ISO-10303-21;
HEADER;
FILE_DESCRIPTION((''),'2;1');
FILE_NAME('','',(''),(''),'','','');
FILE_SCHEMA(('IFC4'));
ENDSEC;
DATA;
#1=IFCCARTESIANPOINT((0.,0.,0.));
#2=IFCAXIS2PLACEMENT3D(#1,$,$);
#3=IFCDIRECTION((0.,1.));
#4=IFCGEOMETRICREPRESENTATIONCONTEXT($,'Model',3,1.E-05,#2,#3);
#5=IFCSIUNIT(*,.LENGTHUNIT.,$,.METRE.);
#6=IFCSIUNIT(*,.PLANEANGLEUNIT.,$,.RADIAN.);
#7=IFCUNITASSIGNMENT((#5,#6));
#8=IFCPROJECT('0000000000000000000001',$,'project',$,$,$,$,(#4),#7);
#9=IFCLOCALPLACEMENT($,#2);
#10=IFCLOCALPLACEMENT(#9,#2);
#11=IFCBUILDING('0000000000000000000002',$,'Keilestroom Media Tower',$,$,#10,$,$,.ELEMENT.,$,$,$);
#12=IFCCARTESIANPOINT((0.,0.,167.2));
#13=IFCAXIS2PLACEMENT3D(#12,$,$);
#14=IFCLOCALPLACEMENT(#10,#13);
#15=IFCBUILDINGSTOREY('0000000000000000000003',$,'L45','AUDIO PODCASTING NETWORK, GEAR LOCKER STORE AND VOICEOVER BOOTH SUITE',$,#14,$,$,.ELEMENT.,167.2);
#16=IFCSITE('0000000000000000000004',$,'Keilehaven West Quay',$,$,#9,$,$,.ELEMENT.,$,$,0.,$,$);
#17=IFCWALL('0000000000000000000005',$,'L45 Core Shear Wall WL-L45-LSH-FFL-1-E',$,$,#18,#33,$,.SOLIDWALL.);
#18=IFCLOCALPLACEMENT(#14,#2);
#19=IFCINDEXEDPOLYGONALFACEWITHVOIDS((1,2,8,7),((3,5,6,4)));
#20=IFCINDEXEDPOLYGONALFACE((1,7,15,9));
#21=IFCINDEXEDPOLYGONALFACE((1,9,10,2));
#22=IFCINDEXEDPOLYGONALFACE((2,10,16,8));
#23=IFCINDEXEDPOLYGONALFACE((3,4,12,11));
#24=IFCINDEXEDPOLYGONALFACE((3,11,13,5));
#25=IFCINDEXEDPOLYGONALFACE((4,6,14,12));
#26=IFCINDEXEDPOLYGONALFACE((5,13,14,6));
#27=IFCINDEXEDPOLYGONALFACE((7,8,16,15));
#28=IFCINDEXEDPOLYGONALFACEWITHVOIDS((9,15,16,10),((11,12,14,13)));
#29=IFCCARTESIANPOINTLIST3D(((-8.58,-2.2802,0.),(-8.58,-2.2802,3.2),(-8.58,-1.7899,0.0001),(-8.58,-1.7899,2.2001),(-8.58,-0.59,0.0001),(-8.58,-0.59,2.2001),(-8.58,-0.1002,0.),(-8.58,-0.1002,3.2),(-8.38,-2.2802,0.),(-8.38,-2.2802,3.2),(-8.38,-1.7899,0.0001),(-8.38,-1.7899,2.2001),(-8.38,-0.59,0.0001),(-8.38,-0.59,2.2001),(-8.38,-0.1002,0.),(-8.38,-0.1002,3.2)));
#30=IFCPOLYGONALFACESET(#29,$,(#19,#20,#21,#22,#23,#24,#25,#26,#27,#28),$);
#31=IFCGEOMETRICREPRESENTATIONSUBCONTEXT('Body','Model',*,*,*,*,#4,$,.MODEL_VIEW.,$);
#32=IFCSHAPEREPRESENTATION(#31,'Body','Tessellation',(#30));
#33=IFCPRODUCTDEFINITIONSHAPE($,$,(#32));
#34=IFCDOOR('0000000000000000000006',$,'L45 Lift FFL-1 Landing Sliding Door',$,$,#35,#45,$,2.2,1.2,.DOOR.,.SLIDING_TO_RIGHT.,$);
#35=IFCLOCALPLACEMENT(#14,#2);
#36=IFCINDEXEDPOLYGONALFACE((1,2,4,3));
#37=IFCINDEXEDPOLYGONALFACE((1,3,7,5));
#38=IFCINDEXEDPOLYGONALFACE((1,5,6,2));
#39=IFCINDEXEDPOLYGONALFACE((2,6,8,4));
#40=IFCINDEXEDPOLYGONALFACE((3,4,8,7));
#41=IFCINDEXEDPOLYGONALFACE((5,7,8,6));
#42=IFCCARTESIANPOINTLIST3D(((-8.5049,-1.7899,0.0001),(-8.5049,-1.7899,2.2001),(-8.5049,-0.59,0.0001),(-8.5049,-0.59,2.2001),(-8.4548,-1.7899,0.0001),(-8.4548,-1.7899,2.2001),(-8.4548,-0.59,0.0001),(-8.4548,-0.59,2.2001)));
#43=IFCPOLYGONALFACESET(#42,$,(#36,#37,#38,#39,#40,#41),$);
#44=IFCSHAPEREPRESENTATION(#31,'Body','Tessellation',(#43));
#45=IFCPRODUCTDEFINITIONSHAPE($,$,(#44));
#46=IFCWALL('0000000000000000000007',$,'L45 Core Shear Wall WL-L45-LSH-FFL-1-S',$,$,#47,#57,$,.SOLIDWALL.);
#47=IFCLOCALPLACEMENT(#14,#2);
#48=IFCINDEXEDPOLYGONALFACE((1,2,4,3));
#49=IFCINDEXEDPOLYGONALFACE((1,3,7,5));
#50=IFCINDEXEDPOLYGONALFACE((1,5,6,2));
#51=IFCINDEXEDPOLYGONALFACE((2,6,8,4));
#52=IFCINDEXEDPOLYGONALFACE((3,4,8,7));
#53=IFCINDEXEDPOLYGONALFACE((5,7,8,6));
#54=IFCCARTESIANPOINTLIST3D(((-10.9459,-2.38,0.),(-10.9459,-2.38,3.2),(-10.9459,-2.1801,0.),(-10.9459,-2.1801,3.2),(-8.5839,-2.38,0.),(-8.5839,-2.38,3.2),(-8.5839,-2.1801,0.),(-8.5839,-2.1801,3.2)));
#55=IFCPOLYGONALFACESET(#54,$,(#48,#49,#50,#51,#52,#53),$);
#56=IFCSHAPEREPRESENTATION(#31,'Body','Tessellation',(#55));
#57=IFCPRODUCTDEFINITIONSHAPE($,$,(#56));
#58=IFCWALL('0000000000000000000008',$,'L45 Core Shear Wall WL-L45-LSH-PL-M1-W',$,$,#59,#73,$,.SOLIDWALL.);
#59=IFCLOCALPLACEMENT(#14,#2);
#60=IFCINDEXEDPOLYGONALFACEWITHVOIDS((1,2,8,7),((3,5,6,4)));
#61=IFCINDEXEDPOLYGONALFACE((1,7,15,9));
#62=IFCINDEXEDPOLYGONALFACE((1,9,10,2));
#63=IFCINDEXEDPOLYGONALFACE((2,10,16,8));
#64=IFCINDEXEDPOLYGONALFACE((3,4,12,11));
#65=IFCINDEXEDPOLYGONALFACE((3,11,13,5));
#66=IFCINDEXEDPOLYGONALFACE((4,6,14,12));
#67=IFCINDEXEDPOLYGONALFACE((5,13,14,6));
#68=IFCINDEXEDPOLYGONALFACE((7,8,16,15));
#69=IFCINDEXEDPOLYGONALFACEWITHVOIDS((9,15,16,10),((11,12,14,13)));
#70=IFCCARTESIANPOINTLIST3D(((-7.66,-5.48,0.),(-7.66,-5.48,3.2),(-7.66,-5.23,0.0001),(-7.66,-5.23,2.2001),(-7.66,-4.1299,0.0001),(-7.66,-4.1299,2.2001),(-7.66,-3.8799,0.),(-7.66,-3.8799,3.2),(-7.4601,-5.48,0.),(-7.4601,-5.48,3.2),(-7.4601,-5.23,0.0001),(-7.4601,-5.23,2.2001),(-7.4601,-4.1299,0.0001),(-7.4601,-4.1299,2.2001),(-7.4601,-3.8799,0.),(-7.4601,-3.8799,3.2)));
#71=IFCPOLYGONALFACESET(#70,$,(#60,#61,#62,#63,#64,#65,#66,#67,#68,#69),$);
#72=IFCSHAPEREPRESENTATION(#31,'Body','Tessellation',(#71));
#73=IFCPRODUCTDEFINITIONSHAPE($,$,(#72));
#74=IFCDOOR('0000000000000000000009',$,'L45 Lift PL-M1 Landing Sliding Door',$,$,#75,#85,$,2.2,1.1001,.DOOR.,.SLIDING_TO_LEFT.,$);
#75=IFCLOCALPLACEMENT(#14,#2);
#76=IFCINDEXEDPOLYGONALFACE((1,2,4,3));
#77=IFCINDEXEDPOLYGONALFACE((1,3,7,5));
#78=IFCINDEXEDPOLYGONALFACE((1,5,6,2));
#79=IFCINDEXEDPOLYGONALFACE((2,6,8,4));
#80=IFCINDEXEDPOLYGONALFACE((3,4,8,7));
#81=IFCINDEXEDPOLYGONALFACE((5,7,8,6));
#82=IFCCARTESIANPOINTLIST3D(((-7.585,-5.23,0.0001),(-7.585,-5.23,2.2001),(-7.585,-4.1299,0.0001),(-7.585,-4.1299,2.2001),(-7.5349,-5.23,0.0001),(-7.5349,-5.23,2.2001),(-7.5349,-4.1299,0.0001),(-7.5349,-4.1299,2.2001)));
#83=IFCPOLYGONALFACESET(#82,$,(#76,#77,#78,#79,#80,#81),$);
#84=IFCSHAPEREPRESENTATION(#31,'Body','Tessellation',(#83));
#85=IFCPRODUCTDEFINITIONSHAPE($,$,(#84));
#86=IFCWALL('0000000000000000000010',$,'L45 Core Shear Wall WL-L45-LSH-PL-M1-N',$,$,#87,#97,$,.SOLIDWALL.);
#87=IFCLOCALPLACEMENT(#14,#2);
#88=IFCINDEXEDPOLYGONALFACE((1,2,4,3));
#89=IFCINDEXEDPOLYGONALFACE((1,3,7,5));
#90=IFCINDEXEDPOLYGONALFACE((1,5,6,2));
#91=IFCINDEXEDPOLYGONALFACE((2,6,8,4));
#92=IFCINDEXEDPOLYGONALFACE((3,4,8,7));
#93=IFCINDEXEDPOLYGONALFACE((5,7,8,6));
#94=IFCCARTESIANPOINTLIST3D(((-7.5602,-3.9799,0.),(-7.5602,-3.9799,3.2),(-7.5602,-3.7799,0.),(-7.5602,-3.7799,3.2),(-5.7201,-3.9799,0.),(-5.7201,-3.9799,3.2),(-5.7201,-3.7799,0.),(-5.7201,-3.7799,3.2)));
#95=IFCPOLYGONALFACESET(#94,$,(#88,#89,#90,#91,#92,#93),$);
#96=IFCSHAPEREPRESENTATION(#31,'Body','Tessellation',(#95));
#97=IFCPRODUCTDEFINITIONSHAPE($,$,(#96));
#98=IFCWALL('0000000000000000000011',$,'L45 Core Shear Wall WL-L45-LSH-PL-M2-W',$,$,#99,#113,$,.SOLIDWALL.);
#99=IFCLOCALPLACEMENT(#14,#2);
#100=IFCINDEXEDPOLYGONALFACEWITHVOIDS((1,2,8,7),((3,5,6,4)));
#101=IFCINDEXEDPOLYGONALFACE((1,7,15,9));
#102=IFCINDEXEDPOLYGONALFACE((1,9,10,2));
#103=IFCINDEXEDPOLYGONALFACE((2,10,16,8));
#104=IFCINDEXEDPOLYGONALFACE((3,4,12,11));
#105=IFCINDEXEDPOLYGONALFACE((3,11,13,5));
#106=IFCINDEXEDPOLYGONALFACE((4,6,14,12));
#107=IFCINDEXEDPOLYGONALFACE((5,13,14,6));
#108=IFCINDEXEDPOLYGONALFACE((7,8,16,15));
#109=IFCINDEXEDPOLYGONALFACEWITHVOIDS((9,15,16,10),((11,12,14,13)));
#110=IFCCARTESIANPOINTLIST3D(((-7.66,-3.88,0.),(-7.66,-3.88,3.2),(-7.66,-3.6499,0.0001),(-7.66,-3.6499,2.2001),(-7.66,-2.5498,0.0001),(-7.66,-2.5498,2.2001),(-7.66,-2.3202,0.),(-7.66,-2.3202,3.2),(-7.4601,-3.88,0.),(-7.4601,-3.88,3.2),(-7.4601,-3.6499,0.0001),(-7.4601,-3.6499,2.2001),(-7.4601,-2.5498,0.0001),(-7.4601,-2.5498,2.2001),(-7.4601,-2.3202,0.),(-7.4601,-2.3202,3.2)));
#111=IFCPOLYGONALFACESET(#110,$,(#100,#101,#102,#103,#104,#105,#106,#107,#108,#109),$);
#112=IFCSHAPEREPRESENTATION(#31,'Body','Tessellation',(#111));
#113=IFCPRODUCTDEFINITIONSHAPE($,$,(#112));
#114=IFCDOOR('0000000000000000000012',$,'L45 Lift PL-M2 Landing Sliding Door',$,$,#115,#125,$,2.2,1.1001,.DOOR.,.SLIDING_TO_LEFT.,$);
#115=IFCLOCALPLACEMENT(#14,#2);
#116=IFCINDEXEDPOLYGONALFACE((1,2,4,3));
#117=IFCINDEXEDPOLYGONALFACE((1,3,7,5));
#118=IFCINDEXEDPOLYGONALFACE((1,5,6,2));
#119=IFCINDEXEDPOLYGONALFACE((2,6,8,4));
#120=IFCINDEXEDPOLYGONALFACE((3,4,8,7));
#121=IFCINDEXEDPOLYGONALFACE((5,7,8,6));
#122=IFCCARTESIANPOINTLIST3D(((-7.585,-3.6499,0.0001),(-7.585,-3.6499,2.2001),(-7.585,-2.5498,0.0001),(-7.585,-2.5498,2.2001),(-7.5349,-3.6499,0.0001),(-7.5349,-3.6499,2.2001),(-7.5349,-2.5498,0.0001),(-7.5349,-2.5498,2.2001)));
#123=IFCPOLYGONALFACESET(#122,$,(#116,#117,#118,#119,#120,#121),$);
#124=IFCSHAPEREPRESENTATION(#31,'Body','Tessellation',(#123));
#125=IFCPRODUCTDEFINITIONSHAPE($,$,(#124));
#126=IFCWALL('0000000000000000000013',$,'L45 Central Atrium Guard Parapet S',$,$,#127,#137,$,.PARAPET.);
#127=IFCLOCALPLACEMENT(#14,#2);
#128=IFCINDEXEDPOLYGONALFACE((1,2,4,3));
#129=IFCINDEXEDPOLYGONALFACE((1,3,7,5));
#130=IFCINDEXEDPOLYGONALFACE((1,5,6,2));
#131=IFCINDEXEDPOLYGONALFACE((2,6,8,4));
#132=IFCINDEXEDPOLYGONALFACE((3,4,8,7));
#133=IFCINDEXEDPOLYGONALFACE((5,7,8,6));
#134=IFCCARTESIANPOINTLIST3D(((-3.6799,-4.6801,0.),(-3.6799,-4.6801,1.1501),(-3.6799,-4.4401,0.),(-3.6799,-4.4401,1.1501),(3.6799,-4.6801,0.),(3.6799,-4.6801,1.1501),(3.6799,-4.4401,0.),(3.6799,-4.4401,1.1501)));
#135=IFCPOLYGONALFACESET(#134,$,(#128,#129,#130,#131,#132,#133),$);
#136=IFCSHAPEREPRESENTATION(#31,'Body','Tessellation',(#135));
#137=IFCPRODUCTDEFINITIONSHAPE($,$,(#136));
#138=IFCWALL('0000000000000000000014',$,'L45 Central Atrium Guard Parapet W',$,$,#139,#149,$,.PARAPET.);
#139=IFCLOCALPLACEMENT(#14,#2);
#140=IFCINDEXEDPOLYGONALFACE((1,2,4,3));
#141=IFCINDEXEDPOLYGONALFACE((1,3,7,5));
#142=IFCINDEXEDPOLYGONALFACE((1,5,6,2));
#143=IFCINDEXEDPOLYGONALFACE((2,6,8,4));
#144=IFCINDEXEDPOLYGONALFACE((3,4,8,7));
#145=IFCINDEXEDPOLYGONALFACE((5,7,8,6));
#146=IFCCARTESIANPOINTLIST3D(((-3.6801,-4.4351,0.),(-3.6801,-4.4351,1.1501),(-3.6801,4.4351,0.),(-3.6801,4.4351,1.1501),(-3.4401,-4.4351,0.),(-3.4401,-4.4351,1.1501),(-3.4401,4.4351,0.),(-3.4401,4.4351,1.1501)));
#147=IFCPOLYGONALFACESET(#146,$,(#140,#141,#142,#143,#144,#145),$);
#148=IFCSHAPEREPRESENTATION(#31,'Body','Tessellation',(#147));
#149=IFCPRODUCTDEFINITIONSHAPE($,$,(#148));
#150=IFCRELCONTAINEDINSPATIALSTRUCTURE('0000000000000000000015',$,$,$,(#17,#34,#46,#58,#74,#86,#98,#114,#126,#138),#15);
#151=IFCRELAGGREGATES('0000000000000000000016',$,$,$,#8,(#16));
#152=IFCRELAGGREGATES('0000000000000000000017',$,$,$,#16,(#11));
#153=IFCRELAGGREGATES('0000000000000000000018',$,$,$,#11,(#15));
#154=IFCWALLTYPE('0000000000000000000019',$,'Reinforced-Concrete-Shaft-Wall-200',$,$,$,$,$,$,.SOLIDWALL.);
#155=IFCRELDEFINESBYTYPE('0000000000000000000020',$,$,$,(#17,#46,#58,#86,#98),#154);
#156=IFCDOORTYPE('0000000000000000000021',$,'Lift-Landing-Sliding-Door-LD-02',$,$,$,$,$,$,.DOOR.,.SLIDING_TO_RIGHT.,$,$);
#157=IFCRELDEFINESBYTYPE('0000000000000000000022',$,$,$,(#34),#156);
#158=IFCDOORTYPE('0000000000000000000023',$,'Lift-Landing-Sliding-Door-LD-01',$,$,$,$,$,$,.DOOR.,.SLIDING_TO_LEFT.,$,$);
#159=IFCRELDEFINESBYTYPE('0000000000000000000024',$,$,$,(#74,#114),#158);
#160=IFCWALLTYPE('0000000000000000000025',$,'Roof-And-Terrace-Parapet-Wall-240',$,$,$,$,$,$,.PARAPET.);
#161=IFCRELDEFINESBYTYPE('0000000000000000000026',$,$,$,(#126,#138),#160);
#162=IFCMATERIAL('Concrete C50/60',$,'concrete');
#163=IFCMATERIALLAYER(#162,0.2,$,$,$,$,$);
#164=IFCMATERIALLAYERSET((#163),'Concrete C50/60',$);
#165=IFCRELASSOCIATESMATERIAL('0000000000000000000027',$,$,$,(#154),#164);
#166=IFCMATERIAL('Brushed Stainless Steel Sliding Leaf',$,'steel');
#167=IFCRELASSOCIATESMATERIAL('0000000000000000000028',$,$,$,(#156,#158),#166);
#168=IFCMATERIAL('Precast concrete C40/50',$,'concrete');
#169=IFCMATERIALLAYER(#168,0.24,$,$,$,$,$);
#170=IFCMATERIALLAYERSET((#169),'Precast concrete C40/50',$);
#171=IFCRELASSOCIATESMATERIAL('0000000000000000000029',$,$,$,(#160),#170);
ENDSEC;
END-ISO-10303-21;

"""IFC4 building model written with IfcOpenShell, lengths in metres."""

from ifc_helpers import new_model, si_unit, direction, frame, frame_2d, origin, place, context, subcontext, project, spatial, rectangle, extrude, source, transform, mapped, material, layer, layer_set, type_object, element, fill, save


model = new_model("IFC4")

# Units and contexts
model_context = context("Model", 3, precision=1e-05, world=origin(), true_north=direction((0.0, 1.0)))
body_context = subcontext(model_context, "Body", "Model", "MODEL_VIEW")
ifc_project = project(units=[si_unit("LENGTHUNIT", "METRE"), si_unit("PLANEANGLEUNIT", "RADIAN")], contexts=[model_context])

# Site, building, storey
site_placement = place(None, origin())
site = spatial("IfcSite", under=ifc_project, at=site_placement, Name="Keilehaven West Quay", CompositionType="ELEMENT", RefElevation=0.0)
building_placement = place(site_placement, origin())
building = spatial("IfcBuilding", under=site, at=building_placement, Name="Keilestroom Media Tower", CompositionType="ELEMENT")
storey_placement = place(building_placement, frame((0.0, 0.0, 167.2)))
storey = spatial("IfcBuildingStorey", under=building, at=storey_placement, Name="L45", Description="AUDIO PODCASTING NETWORK, GEAR LOCKER STORE AND VOICEOVER BOOTH SUITE", CompositionType="ELEMENT", Elevation=167.2)

# Shared definitions
shared_shape_1 = source(origin(), body_context, "Body", "SweptSolid", [
    extrude(rectangle(XDim=1.2, YDim=2.2, at=frame_2d((0.6001, 1.1001))), frame((0.0, 0.0249, 0.0), z_axis=(0.0, -1.0, 0.0), x_axis=(1.0, 0.0, 0.0)), (0.0, 0.0, 1.0), 0.05),
])

# Shared definitions
ifc_material_1 = material(Name="Concrete C50/60", Category="concrete")
ifc_layer_1 = layer(ifc_material_1, 0.2)
ifc_layer_set_1 = layer_set([ifc_layer_1], Name="Concrete C50/60")
wall_type_1 = type_object("IfcWallType", Name="Reinforced-Concrete-Shaft-Wall-200", PredefinedType="SOLIDWALL", material=ifc_layer_set_1)

# Wall, opening, door
wall_1_placement = place(storey_placement, frame((-8.48, -2.28, 0.0), z_axis=(0.0, 0.0, 1.0), x_axis=(0.0, 1.0, 0.0)))
wall_1 = element("IfcWall", 1, at=wall_1_placement, inside=storey, type_object=wall_type_1, Name="L45 Core Shear Wall WL-L45-LSH-FFL-1-E", PredefinedType="SOLIDWALL", context=body_context, shape_type="SweptSolid", body=[
    extrude(rectangle(XDim=2.1799, YDim=0.2, at=frame_2d((1.0898, 0.0))), origin(), (0.0, 0.0, 1.0), 3.2),
])
opening_1_placement = place(wall_1_placement, frame((0.49, 0.0, 0.0)))
opening_1 = element("IfcOpeningElement", 2, at=opening_1_placement, cuts=wall_1, PredefinedType="OPENING", context=body_context, shape_type="SweptSolid", body=[
    extrude(rectangle(XDim=1.2, YDim=2.2, at=frame_2d((0.6001, 1.1001))), frame((0.0, 0.1099, 0.0), z_axis=(0.0, -1.0, 0.0), x_axis=(1.0, 0.0, 0.0)), (0.0, 0.0, 1.0), 0.22),
])
ifc_material_2 = material(Name="Brushed Stainless Steel Sliding Leaf", Category="steel")
door_type_1 = type_object("IfcDoorType", Name="Lift-Landing-Sliding-Door-LD-02", OperationType="SLIDING_TO_RIGHT", PredefinedType="DOOR", material=ifc_material_2)
door_1_placement = place(opening_1_placement, origin())
door_1 = element("IfcDoor", 3, at=door_1_placement, inside=storey, type_object=door_type_1, Name="L45 Lift FFL-1 Landing Sliding Door", OperationType="SLIDING_TO_RIGHT", OverallHeight=2.2, OverallWidth=1.2, PredefinedType="DOOR", context=body_context, shape_type="MappedRepresentation", body=[
    mapped(shared_shape_1, transform((0.0, 0.0, 0.0), x_axis=(1.0, 0.0, 0.0), y_axis=(0.0, 1.0, 0.0), z_axis=(0.0, 0.0, 1.0), scale=1.0)),
])
fill(opening_1, door_1)

# Wall
wall_2_placement = place(storey_placement, frame((-10.946, -2.28, 0.0), z_axis=(0.0, 0.0, 1.0), x_axis=(1.0, 0.0, 0.0)))
element("IfcWall", 4, at=wall_2_placement, inside=storey, type_object=wall_type_1, Name="L45 Core Shear Wall WL-L45-LSH-FFL-1-S", PredefinedType="SOLIDWALL", context=body_context, shape_type="SweptSolid", body=[
    extrude(rectangle(XDim=2.3621, YDim=0.2, at=frame_2d((1.1812, 0.0))), origin(), (0.0, 0.0, 1.0), 3.2),
])

# Wall, opening, door
wall_3_placement = place(storey_placement, frame((-7.5601, -5.48, 0.0), z_axis=(0.0, 0.0, 1.0), x_axis=(0.0, 1.0, 0.0)))
wall_3 = element("IfcWall", 5, at=wall_3_placement, inside=storey, type_object=wall_type_1, Name="L45 Core Shear Wall WL-L45-LSH-PL-M1-W", PredefinedType="SOLIDWALL", context=body_context, shape_type="SweptSolid", body=[
    extrude(rectangle(XDim=1.6001, YDim=0.2, at=frame_2d((0.8, 0.0))), origin(), (0.0, 0.0, 1.0), 3.2),
])
opening_2_placement = place(wall_3_placement, frame((0.25, 0.0, 0.0)))
opening_2 = element("IfcOpeningElement", 6, at=opening_2_placement, cuts=wall_3, PredefinedType="OPENING", context=body_context, shape_type="SweptSolid", body=[
    extrude(rectangle(XDim=1.1001, YDim=2.2, at=frame_2d((0.55, 1.1001))), frame((0.0, 0.1099, 0.0), z_axis=(0.0, -1.0, 0.0), x_axis=(1.0, 0.0, 0.0)), (0.0, 0.0, 1.0), 0.22),
])
door_type_2 = type_object("IfcDoorType", Name="Lift-Landing-Sliding-Door-LD-01", OperationType="SLIDING_TO_LEFT", PredefinedType="DOOR", material=ifc_material_2)
shared_shape_2 = source(origin(), body_context, "Body", "SweptSolid", [
    extrude(rectangle(XDim=1.1001, YDim=2.2, at=frame_2d((0.55, 1.1001))), frame((0.0, 0.0249, 0.0), z_axis=(0.0, -1.0, 0.0), x_axis=(1.0, 0.0, 0.0)), (0.0, 0.0, 1.0), 0.05),
])
door_2_placement = place(opening_2_placement, origin())
door_2 = element("IfcDoor", 7, at=door_2_placement, inside=storey, type_object=door_type_2, Name="L45 Lift PL-M1 Landing Sliding Door", OperationType="SLIDING_TO_LEFT", OverallHeight=2.2, OverallWidth=1.1001, PredefinedType="DOOR", context=body_context, shape_type="MappedRepresentation", body=[
    mapped(shared_shape_2, transform((0.0, 0.0, 0.0), x_axis=(1.0, 0.0, 0.0), y_axis=(0.0, 1.0, 0.0), z_axis=(0.0, 0.0, 1.0), scale=1.0)),
])
fill(opening_2, door_2)

# Wall
wall_4_placement = place(storey_placement, frame((-7.5601, -3.8799, 0.0), z_axis=(0.0, 0.0, 1.0), x_axis=(1.0, 0.0, 0.0)))
element("IfcWall", 8, at=wall_4_placement, inside=storey, type_object=wall_type_1, Name="L45 Core Shear Wall WL-L45-LSH-PL-M1-N", PredefinedType="SOLIDWALL", context=body_context, shape_type="SweptSolid", body=[
    extrude(rectangle(XDim=1.8401, YDim=0.2, at=frame_2d((0.9199, 0.0))), origin(), (0.0, 0.0, 1.0), 3.2),
])

# Wall, opening, door
wall_5_placement = place(storey_placement, frame((-7.5601, -3.8799, 0.0), z_axis=(0.0, 0.0, 1.0), x_axis=(0.0, 1.0, 0.0)))
wall_5 = element("IfcWall", 9, at=wall_5_placement, inside=storey, type_object=wall_type_1, Name="L45 Core Shear Wall WL-L45-LSH-PL-M2-W", PredefinedType="SOLIDWALL", context=body_context, shape_type="SweptSolid", body=[
    extrude(rectangle(XDim=1.5598, YDim=0.2, at=frame_2d((0.7798, 0.0))), origin(), (0.0, 0.0, 1.0), 3.2),
])
opening_3_placement = place(wall_5_placement, frame((0.23, 0.0, 0.0)))
opening_3 = element("IfcOpeningElement", 10, at=opening_3_placement, cuts=wall_5, PredefinedType="OPENING", context=body_context, shape_type="SweptSolid", body=[
    extrude(rectangle(XDim=1.1001, YDim=2.2, at=frame_2d((0.55, 1.1001))), frame((0.0, 0.1099, 0.0), z_axis=(0.0, -1.0, 0.0), x_axis=(1.0, 0.0, 0.0)), (0.0, 0.0, 1.0), 0.22),
])
door_3_placement = place(opening_3_placement, origin())
door_3 = element("IfcDoor", 11, at=door_3_placement, inside=storey, type_object=door_type_2, Name="L45 Lift PL-M2 Landing Sliding Door", OperationType="SLIDING_TO_LEFT", OverallHeight=2.2, OverallWidth=1.1001, PredefinedType="DOOR", context=body_context, shape_type="MappedRepresentation", body=[
    mapped(shared_shape_2, transform((0.0, 0.0, 0.0), x_axis=(1.0, 0.0, 0.0), y_axis=(0.0, 1.0, 0.0), z_axis=(0.0, 0.0, 1.0), scale=1.0)),
])
fill(opening_3, door_3)

# Walls
ifc_material_3 = material(Name="Precast concrete C40/50", Category="concrete")
ifc_layer_2 = layer(ifc_material_3, 0.24)
ifc_layer_set_2 = layer_set([ifc_layer_2], Name="Precast concrete C40/50")
wall_type_2 = type_object("IfcWallType", Name="Roof-And-Terrace-Parapet-Wall-240", PredefinedType="PARAPET", material=ifc_layer_set_2)
wall_6_placement = place(storey_placement, frame((-3.6799, -4.5601, 0.0), z_axis=(0.0, 0.0, 1.0), x_axis=(1.0, 0.0, 0.0)))
element("IfcWall", 12, at=wall_6_placement, inside=storey, type_object=wall_type_2, Name="L45 Central Atrium Guard Parapet S", PredefinedType="PARAPET", context=body_context, shape_type="SweptSolid", body=[
    extrude(rectangle(XDim=7.3599, YDim=0.24, at=frame_2d((3.6799, 0.0))), origin(), (0.0, 0.0, 1.0), 1.1501),
])
wall_7_placement = place(storey_placement, frame((-3.5601, -4.4351, 0.0), z_axis=(0.0, 0.0, 1.0), x_axis=(0.0, 1.0, 0.0)))
element("IfcWall", 13, at=wall_7_placement, inside=storey, type_object=wall_type_2, Name="L45 Central Atrium Guard Parapet W", PredefinedType="PARAPET", context=body_context, shape_type="SweptSolid", body=[
    extrude(rectangle(XDim=8.8701, YDim=0.24, at=frame_2d((4.4351, 0.0))), origin(), (0.0, 0.0, 1.0), 1.1501),
])

save(model, "model.ifc")
